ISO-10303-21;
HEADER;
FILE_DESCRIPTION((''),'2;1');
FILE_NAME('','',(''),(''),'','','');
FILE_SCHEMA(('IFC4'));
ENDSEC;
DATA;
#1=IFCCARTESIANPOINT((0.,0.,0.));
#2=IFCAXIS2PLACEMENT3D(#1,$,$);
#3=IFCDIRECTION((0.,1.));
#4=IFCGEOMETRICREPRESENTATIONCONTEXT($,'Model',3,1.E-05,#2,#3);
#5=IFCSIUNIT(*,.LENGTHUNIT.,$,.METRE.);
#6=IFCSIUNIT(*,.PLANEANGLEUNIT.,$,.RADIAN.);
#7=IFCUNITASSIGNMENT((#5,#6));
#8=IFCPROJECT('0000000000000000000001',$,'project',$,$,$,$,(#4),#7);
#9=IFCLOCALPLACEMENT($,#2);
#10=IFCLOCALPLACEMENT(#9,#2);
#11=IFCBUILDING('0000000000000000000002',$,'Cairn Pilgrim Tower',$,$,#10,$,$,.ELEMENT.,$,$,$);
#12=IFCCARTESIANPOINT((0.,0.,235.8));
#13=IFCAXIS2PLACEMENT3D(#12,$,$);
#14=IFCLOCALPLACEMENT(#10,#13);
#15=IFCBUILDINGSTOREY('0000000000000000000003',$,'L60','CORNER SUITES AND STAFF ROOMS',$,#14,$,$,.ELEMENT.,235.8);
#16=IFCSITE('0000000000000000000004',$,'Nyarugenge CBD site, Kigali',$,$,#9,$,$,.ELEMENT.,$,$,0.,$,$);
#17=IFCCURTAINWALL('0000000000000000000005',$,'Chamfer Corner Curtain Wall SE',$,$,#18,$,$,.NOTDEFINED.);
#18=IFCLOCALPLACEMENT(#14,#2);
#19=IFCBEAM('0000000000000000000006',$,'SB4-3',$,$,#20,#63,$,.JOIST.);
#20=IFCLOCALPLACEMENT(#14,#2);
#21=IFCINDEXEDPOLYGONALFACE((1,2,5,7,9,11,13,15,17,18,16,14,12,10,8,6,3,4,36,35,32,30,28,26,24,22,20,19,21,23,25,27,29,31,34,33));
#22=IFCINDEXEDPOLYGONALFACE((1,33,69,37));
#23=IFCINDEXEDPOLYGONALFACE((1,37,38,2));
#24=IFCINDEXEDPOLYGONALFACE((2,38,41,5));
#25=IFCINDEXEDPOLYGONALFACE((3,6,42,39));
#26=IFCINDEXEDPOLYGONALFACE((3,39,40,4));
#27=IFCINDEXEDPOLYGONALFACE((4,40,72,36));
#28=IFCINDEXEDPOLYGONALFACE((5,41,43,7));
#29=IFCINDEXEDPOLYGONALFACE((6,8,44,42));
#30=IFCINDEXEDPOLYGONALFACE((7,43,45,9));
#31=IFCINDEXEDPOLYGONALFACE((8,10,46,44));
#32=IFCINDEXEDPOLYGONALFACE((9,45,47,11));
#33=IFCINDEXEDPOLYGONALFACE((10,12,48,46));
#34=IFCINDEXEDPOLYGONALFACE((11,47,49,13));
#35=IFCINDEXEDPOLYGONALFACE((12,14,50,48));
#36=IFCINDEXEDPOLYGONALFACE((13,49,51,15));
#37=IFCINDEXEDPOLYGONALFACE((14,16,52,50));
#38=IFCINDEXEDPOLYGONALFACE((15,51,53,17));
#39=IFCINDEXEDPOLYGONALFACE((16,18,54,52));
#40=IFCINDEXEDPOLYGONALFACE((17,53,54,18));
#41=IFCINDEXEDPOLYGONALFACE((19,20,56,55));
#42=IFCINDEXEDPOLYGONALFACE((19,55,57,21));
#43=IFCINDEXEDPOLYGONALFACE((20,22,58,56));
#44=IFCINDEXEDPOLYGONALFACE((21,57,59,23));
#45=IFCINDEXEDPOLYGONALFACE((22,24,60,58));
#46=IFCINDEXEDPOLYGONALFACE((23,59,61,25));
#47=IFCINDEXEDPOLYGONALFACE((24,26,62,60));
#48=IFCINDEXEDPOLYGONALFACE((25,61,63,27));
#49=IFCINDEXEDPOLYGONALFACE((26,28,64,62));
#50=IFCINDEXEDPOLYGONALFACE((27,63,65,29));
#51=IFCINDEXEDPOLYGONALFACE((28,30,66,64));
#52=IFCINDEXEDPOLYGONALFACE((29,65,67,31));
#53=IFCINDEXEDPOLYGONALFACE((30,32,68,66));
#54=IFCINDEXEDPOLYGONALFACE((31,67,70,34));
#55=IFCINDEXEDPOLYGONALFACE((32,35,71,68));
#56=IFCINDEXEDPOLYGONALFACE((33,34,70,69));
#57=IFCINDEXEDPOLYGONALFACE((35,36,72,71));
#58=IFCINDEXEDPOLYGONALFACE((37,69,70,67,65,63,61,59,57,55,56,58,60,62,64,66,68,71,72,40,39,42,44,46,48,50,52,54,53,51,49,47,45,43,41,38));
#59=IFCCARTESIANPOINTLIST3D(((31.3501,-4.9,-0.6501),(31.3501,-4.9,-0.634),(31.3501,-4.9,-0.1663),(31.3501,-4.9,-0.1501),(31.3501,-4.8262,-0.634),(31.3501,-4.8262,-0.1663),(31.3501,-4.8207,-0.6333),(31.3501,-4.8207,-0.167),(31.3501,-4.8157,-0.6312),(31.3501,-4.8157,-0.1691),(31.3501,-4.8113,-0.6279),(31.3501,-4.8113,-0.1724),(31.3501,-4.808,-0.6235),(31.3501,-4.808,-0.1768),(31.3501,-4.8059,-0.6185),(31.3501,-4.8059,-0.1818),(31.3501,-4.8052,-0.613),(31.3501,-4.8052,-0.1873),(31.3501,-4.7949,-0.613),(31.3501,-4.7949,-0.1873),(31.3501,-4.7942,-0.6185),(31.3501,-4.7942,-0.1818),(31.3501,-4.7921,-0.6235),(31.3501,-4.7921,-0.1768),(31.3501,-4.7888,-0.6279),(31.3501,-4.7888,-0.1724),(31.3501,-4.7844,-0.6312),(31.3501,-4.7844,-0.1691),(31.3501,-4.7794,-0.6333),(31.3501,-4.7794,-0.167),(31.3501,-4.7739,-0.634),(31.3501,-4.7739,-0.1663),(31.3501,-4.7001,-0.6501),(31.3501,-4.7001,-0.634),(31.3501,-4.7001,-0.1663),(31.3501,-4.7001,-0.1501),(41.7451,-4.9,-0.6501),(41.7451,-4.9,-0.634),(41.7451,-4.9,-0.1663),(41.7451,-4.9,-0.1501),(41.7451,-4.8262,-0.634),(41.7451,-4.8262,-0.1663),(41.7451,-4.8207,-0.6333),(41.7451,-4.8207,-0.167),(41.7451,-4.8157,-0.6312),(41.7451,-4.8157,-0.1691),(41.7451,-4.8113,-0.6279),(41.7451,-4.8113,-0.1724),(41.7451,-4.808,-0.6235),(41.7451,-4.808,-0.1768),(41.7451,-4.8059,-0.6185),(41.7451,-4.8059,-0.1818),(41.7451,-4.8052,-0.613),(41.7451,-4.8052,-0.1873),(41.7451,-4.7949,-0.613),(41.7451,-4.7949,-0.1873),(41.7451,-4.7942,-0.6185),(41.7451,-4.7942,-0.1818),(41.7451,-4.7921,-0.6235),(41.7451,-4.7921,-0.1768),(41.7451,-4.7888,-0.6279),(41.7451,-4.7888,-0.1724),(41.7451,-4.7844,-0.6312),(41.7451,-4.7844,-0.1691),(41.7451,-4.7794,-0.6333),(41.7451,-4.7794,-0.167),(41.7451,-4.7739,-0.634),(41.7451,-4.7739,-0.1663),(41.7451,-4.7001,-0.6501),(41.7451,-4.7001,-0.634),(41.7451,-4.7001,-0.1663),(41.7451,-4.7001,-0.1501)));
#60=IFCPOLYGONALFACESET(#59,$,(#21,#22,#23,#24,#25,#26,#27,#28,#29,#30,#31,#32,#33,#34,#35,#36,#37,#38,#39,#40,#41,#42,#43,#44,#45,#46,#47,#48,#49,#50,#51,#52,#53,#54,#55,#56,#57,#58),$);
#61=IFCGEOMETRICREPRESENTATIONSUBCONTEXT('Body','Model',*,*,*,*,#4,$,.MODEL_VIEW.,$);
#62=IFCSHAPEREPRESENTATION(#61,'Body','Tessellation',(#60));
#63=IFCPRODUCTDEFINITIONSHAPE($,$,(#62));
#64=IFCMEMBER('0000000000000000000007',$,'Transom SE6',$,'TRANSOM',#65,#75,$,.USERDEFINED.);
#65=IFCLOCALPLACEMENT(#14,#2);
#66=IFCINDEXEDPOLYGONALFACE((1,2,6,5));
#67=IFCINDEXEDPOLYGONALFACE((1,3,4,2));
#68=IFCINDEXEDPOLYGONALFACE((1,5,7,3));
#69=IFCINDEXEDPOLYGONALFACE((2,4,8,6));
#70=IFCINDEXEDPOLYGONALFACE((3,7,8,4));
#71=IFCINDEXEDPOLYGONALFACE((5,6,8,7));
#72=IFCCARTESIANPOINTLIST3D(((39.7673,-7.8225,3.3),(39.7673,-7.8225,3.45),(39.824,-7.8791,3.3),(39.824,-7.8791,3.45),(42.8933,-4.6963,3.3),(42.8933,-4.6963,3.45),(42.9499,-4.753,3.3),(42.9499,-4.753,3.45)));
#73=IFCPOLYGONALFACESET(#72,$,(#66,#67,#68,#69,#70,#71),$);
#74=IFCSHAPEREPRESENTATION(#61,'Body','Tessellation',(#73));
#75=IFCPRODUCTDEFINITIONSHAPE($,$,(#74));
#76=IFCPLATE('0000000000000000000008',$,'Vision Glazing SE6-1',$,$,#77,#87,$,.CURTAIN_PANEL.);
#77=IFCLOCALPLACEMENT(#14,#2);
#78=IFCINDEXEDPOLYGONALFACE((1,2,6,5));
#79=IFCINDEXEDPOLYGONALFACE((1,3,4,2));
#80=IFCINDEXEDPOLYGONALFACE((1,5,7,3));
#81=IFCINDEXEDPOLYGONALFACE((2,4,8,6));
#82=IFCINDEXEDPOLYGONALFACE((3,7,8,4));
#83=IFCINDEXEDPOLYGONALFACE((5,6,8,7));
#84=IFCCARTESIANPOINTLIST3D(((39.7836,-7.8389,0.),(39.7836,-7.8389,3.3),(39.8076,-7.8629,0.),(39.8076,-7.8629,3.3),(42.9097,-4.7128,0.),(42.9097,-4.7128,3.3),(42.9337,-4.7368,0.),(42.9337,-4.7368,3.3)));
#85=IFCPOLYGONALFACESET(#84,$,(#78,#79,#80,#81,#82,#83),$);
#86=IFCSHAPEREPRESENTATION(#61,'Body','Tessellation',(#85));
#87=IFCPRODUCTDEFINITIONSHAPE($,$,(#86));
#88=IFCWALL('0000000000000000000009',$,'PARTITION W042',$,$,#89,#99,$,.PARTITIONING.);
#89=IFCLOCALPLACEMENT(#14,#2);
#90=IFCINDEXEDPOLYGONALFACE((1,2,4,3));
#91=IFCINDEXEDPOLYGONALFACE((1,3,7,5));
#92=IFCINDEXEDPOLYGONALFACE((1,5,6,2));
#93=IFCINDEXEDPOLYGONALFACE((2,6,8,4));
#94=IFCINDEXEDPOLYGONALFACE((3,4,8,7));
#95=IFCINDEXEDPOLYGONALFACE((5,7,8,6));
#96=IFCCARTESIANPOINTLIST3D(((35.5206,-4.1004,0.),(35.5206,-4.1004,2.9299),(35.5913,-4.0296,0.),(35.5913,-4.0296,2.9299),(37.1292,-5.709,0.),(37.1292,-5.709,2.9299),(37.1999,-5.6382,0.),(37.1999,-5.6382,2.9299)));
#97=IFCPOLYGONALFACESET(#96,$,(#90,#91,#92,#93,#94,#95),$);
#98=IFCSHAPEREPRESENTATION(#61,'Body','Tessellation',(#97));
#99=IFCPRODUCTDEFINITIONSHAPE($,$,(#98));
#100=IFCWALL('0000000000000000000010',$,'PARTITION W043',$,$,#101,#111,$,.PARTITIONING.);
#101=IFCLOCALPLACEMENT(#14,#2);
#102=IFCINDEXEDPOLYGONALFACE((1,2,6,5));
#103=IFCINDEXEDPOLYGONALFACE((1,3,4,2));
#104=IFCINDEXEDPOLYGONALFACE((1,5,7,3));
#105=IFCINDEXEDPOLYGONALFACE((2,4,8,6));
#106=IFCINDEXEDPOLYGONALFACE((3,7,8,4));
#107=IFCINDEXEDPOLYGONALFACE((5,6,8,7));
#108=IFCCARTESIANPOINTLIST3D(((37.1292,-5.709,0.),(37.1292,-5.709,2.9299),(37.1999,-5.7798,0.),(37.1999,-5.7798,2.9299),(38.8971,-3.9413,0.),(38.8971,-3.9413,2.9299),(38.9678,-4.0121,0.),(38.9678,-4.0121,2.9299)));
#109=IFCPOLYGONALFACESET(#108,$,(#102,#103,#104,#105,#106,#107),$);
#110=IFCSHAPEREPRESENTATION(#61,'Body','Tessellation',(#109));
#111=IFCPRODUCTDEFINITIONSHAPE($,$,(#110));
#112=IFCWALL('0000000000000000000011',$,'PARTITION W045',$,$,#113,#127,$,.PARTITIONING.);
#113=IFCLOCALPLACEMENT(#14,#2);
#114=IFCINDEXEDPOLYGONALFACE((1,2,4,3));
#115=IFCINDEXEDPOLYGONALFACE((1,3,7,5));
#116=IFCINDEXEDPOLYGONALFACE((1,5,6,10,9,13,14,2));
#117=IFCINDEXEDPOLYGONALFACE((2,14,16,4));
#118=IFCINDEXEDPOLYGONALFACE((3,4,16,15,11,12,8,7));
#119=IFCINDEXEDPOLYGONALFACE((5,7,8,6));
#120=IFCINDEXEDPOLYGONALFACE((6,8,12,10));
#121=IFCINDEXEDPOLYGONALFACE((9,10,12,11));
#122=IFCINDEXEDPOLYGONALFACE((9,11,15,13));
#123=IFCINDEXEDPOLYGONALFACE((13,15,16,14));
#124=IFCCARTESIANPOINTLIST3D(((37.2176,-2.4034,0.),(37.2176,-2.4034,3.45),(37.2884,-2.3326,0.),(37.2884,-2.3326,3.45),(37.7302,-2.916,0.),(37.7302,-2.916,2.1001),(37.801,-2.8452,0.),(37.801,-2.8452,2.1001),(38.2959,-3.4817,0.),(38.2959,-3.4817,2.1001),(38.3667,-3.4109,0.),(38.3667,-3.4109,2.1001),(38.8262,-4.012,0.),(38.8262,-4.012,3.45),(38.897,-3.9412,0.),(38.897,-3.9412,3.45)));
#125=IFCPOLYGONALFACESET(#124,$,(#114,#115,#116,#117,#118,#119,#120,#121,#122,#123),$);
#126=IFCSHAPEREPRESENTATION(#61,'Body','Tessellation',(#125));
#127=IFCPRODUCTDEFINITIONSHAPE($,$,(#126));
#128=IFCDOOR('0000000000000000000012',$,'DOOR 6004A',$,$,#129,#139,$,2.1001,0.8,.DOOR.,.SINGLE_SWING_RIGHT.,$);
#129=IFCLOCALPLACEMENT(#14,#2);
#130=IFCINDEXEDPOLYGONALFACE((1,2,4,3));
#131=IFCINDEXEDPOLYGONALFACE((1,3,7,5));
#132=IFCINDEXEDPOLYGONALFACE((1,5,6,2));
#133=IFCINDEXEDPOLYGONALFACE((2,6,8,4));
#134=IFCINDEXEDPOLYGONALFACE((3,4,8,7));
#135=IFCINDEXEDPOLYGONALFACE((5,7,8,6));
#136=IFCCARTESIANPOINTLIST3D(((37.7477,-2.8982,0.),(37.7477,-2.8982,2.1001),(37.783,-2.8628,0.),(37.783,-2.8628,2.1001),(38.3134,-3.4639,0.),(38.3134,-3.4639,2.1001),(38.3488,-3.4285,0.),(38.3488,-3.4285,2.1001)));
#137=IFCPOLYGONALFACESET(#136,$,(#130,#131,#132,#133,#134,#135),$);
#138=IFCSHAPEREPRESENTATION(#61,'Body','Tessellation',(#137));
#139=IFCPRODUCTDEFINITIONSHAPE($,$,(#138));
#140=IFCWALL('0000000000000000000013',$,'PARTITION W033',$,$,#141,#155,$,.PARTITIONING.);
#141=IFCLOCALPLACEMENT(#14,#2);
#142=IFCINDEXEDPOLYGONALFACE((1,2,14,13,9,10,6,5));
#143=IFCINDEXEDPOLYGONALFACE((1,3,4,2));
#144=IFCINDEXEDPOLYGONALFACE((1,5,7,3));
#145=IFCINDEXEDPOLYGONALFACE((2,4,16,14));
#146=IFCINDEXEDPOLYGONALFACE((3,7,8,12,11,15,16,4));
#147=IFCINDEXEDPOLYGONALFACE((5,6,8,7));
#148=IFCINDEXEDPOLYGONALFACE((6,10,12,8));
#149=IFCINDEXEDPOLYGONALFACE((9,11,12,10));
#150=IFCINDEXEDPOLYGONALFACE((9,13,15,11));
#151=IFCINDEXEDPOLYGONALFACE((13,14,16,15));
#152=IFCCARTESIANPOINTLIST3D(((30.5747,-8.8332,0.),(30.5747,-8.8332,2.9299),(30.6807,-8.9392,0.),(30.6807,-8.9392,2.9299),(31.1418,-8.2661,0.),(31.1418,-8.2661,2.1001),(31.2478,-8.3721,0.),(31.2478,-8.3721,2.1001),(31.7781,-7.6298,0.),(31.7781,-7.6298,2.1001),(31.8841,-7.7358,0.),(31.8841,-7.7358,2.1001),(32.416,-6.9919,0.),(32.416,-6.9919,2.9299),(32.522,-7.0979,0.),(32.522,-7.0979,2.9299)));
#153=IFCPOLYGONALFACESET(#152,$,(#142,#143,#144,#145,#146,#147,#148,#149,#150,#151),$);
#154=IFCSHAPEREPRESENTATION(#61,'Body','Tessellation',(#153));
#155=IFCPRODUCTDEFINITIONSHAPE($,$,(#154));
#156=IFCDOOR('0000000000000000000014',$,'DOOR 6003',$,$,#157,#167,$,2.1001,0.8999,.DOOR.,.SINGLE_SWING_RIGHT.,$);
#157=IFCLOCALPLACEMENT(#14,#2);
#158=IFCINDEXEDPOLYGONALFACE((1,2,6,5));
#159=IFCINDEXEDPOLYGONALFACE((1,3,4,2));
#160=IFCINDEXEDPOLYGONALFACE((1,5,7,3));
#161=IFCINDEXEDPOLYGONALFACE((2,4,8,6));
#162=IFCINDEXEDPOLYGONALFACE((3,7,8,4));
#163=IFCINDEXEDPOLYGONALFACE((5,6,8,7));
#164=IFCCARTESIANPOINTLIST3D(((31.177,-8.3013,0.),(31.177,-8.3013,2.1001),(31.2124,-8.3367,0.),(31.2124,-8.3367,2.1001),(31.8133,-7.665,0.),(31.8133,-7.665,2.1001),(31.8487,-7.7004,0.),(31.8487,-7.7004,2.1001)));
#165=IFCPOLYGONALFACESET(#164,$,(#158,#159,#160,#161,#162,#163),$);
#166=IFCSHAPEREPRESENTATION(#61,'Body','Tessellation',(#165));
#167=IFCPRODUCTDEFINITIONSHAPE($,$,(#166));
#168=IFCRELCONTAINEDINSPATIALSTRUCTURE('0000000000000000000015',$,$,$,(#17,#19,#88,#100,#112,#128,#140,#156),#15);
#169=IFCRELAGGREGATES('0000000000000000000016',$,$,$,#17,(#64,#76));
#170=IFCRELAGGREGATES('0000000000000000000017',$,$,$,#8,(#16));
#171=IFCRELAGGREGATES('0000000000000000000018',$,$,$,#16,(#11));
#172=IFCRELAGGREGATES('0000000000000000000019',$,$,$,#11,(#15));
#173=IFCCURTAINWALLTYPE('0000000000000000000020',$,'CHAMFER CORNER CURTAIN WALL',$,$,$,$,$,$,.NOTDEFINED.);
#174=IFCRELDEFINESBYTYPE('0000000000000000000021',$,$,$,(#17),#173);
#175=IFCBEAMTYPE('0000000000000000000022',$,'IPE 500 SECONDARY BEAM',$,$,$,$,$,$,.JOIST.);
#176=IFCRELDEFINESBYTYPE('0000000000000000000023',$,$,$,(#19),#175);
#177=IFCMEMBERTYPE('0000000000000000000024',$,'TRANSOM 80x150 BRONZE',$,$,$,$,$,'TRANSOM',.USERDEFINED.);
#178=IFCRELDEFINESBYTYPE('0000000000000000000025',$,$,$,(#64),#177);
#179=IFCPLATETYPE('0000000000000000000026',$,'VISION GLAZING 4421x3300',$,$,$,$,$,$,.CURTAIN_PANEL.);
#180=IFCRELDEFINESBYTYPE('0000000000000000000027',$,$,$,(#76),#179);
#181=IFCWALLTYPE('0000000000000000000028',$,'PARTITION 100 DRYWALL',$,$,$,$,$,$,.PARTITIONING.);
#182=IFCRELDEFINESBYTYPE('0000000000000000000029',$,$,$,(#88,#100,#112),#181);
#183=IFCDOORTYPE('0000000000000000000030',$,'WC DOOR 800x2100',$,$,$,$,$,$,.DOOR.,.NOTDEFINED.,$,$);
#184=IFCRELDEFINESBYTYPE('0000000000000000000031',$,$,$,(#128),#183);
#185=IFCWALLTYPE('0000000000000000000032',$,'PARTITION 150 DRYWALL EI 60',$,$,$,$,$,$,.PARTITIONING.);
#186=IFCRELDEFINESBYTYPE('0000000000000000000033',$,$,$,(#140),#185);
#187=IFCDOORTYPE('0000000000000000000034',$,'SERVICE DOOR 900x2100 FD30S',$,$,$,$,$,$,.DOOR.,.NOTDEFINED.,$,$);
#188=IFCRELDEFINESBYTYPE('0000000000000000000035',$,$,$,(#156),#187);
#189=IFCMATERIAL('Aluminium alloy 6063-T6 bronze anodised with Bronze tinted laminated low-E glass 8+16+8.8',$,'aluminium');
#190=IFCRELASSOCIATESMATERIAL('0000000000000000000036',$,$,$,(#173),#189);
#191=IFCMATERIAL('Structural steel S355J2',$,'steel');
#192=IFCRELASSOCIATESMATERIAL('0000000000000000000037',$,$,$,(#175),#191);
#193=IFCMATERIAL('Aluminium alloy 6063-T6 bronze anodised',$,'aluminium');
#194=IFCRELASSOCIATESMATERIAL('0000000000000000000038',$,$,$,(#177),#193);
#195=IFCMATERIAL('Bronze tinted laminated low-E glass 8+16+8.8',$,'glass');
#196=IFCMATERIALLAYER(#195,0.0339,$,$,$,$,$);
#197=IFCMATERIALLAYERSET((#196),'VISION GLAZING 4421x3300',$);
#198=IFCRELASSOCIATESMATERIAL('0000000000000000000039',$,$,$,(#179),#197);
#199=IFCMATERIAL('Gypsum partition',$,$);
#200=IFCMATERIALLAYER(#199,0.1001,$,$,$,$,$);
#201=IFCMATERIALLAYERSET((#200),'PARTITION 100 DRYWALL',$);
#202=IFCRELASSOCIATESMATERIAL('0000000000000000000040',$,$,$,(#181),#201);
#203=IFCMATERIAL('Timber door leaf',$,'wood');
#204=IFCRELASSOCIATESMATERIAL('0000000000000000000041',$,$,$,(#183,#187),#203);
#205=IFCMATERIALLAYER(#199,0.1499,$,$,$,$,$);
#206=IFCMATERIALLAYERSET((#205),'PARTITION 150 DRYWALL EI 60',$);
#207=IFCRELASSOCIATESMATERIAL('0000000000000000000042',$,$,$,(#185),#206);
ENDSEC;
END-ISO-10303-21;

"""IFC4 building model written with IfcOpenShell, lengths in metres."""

from ifc_helpers import new_model, si_unit, direction, frame, frame_2d, origin, origin_2d, place, context, subcontext, project, spatial, rectangle, i_section, extrude, material, layer, layer_set, material_profile, profile_set, type_object, element, fill, aggregate, save


model = new_model("IFC4")

# Units and contexts
model_context = context("Model", 3, precision=1e-05, world=origin(), true_north=direction((0.0, 1.0)))
body_context = subcontext(model_context, "Body", "Model", "MODEL_VIEW")
ifc_project = project(units=[si_unit("LENGTHUNIT", "METRE"), si_unit("PLANEANGLEUNIT", "RADIAN")], contexts=[model_context])

# Site, building, storey
site_placement = place(None, origin())
site = spatial("IfcSite", under=ifc_project, at=site_placement, Name="Nyarugenge CBD site, Kigali", CompositionType="ELEMENT", RefElevation=0.0)
building_placement = place(site_placement, origin())
building = spatial("IfcBuilding", under=site, at=building_placement, Name="Cairn Pilgrim Tower", CompositionType="ELEMENT")
storey_placement = place(building_placement, frame((0.0, 0.0, 235.8)))
storey = spatial("IfcBuildingStorey", under=building, at=storey_placement, Name="L60", Description="CORNER SUITES AND STAFF ROOMS", CompositionType="ELEMENT", Elevation=235.8)

# Shared definitions
ifc_material_1 = material(Name="Structural steel S355J2", Category="steel")

# Curtain wall
ifc_material_2 = material(Name="Aluminium alloy 6063-T6 bronze anodised with Bronze tinted laminated low-E glass 8+16+8.8", Category="aluminium")
curtain_wall_type_1 = type_object("IfcCurtainWallType", Name="CHAMFER CORNER CURTAIN WALL", PredefinedType="NOTDEFINED", material=ifc_material_2)
curtain_wall_1_placement = place(storey_placement, origin())
curtain_wall_1 = element("IfcCurtainWall", 1, at=curtain_wall_1_placement, inside=storey, type_object=curtain_wall_type_1, Name="Chamfer Corner Curtain Wall SE", PredefinedType="NOTDEFINED")
ifc_material_3 = material(Name="Aluminium alloy 6063-T6 bronze anodised", Category="aluminium")

# Beam
ifc_material_profile_1 = material_profile(ifc_material_1, i_section(OverallWidth=0.2, OverallDepth=0.5, WebThickness=0.0103, FlangeThickness=0.0161, FilletRadius=0.021, at=origin_2d()), Name="IPE 500")
ifc_profile_set_1 = profile_set([ifc_material_profile_1], Name="Structural steel S355J2")
beam_type_1 = type_object("IfcBeamType", Name="IPE 500 SECONDARY BEAM", PredefinedType="JOIST", material=ifc_profile_set_1)
beam_1_placement = place(storey_placement, frame((31.3501, -4.8, -0.4001), z_axis=(1.0, 0.0, 0.0), x_axis=(0.0, 1.0, 0.0)))
element("IfcBeam", 2, at=beam_1_placement, inside=storey, type_object=beam_type_1, Name="SB4-3", PredefinedType="JOIST", context=body_context, shape_type="SweptSolid", body=[
    extrude(i_section(OverallWidth=0.2, OverallDepth=0.5, WebThickness=0.0103, FlangeThickness=0.0161, FilletRadius=0.021, at=origin_2d()), origin(), (0.0, 0.0, 1.0), 10.395),
])

# Member
ifc_material_profile_2 = material_profile(ifc_material_3, rectangle(XDim=0.0801, YDim=0.1499, at=origin_2d()), Name="TRANSOM 80x150 BRONZE")
ifc_profile_set_2 = profile_set([ifc_material_profile_2], Name="Aluminium alloy 6063-T6 bronze anodised")
member_type_1 = type_object("IfcMemberType", Name="TRANSOM 80x150 BRONZE", ElementType="TRANSOM", PredefinedType="USERDEFINED", material=ifc_profile_set_2)
member_1_placement = place(storey_placement, frame((39.7957, -7.8508, 3.375), z_axis=(0.707079, 0.707134, 0.0), x_axis=(-0.707134, 0.707079, 0.0)))
member_1 = element("IfcMember", 3, at=member_1_placement, type_object=member_type_1, Name="Transom SE6", ObjectType="TRANSOM", PredefinedType="USERDEFINED", context=body_context, shape_type="SweptSolid", body=[
    extrude(rectangle(XDim=0.0801, YDim=0.1499, at=origin_2d()), origin(), (0.0, 0.0, 1.0), 4.4209),
])

# Plate
ifc_material_4 = material(Name="Bronze tinted laminated low-E glass 8+16+8.8", Category="glass")
ifc_layer_1 = layer(ifc_material_4, 0.0339)
ifc_layer_set_1 = layer_set([ifc_layer_1], Name="VISION GLAZING 4421x3300")
plate_type = type_object("IfcPlateType", Name="VISION GLAZING 4421x3300", PredefinedType="CURTAIN_PANEL", material=ifc_layer_set_1)
plate_placement = place(storey_placement, frame((41.3586, -6.2878, 0.0), z_axis=(0.0, 0.0, 1.0), x_axis=(0.707107, 0.707107, 0.0)))
plate = element("IfcPlate", 4, at=plate_placement, type_object=plate_type, Name="Vision Glazing SE6-1", PredefinedType="CURTAIN_PANEL", context=body_context, shape_type="SweptSolid", body=[
    extrude(rectangle(XDim=4.4209, YDim=0.0339, at=origin_2d()), origin(), (0.0, 0.0, 1.0), 3.3),
])
aggregate(curtain_wall_1, [member_1, plate])

# Walls
ifc_material_5 = material(Name="Gypsum partition")
ifc_layer_2 = layer(ifc_material_5, 0.1001)
ifc_layer_set_2 = layer_set([ifc_layer_2], Name="PARTITION 100 DRYWALL")
wall_type_1 = type_object("IfcWallType", Name="PARTITION 100 DRYWALL", PredefinedType="PARTITIONING", material=ifc_layer_set_2)
wall_1_placement = place(storey_placement, frame((37.1646, -5.6736, 0.0), z_axis=(0.0, 0.0, 1.0), x_axis=(-0.707107, 0.707107, 0.0)))
element("IfcWall", 5, at=wall_1_placement, inside=storey, type_object=wall_type_1, Name="PARTITION W042", PredefinedType="PARTITIONING", context=body_context, shape_type="SweptSolid", body=[
    extrude(rectangle(XDim=2.2749, YDim=0.1001, at=frame_2d((1.1375, 0.0))), origin(), (0.0, 0.0, 1.0), 2.9299),
])
wall_2_placement = place(storey_placement, frame((37.1646, -5.7444, 0.0), z_axis=(0.0, 0.0, 1.0), x_axis=(0.707156, 0.707058, 0.0)))
element("IfcWall", 6, at=wall_2_placement, inside=storey, type_object=wall_type_1, Name="PARTITION W043", PredefinedType="PARTITIONING", context=body_context, shape_type="SweptSolid", body=[
    extrude(rectangle(XDim=2.5, YDim=0.1001, at=frame_2d((1.25, 0.0))), origin(), (0.0, 0.0, 1.0), 2.9299),
])

# Walls, openings, doors
wall_3_placement = place(storey_placement, frame((38.8616, -3.9766, 0.0), z_axis=(0.0, 0.0, 1.0), x_axis=(-0.707107, 0.707107, 0.0)))
wall_3 = element("IfcWall", 7, at=wall_3_placement, inside=storey, type_object=wall_type_1, Name="PARTITION W045", PredefinedType="PARTITIONING", context=body_context, shape_type="SweptSolid", body=[
    extrude(rectangle(XDim=2.2749, YDim=0.1001, at=frame_2d((1.1375, 0.0))), origin(), (0.0, 0.0, 1.0), 3.45),
])
opening_1_placement = place(wall_3_placement, frame((0.75, 0.0, 0.0)))
opening_1 = element("IfcOpeningElement", 8, at=opening_1_placement, cuts=wall_3, PredefinedType="OPENING", context=body_context, shape_type="SweptSolid", body=[
    extrude(rectangle(XDim=0.8, YDim=2.1001, at=frame_2d((0.3999, 1.05))), frame((0.0, 0.0601, 0.0), z_axis=(0.0, -1.0, 0.0), x_axis=(1.0, 0.0, 0.0)), (0.0, 0.0, 1.0), 0.1201),
])
ifc_material_6 = material(Name="Timber door leaf", Category="wood")
door_type_1 = type_object("IfcDoorType", Name="WC DOOR 800x2100", OperationType="NOTDEFINED", PredefinedType="DOOR", material=ifc_material_6)
door_1_placement = place(opening_1_placement, frame((0.8, 0.0, 0.0), z_axis=(0.0, 0.0, 1.0), x_axis=(-1.0, 0.0, 0.0)))
door_1 = element("IfcDoor", 9, at=door_1_placement, inside=storey, type_object=door_type_1, Name="DOOR 6004A", OperationType="SINGLE_SWING_RIGHT", OverallHeight=2.1001, OverallWidth=0.8, PredefinedType="DOOR", context=body_context, shape_type="SweptSolid", body=[
    extrude(rectangle(XDim=0.8, YDim=2.1001, at=frame_2d((0.3999, 1.05))), frame((0.0, 0.0249, 0.0), z_axis=(0.0, -1.0, 0.0), x_axis=(1.0, 0.0, 0.0)), (0.0, 0.0, 1.0), 0.05),
])
fill(opening_1, door_1)
ifc_layer_3 = layer(ifc_material_5, 0.1499)
ifc_layer_set_3 = layer_set([ifc_layer_3], Name="PARTITION 150 DRYWALL EI 60")
wall_type_2 = type_object("IfcWallType", Name="PARTITION 150 DRYWALL EI 60", PredefinedType="PARTITIONING", material=ifc_layer_set_3)
wall_4_placement = place(storey_placement, frame((30.6277, -8.8862, 0.0), z_axis=(0.0, 0.0, 1.0), x_axis=(0.707107, 0.707107, 0.0)))
wall_4 = element("IfcWall", 10, at=wall_4_placement, inside=storey, type_object=wall_type_2, Name="PARTITION W033", PredefinedType="PARTITIONING", context=body_context, shape_type="SweptSolid", body=[
    extrude(rectangle(XDim=2.604, YDim=0.1499, at=frame_2d((1.302, 0.0))), origin(), (0.0, 0.0, 1.0), 2.9299),
])
opening_2_placement = place(wall_4_placement, frame((0.802, 0.0, 0.0)))
opening_2 = element("IfcOpeningElement", 11, at=opening_2_placement, cuts=wall_4, PredefinedType="OPENING", context=body_context, shape_type="SweptSolid", body=[
    extrude(rectangle(XDim=0.8999, YDim=2.1001, at=frame_2d((0.45, 1.05))), frame((0.0, 0.085, 0.0), z_axis=(0.0, -1.0, 0.0), x_axis=(1.0, 0.0, 0.0)), (0.0, 0.0, 1.0), 0.1699),
])
door_type_2 = type_object("IfcDoorType", Name="SERVICE DOOR 900x2100 FD30S", OperationType="NOTDEFINED", PredefinedType="DOOR", material=ifc_material_6)
door_2_placement = place(opening_2_placement, frame((0.8999, 0.0, 0.0), z_axis=(0.0, 0.0, 1.0), x_axis=(-1.0, 0.0, 0.0)))
door_2 = element("IfcDoor", 12, at=door_2_placement, inside=storey, type_object=door_type_2, Name="DOOR 6003", OperationType="SINGLE_SWING_RIGHT", OverallHeight=2.1001, OverallWidth=0.8999, PredefinedType="DOOR", context=body_context, shape_type="SweptSolid", body=[
    extrude(rectangle(XDim=0.8999, YDim=2.1001, at=frame_2d((0.45, 1.05))), frame((0.0, 0.0249, 0.0), z_axis=(0.0, -1.0, 0.0), x_axis=(1.0, 0.0, 0.0)), (0.0, 0.0, 1.0), 0.05),
])
fill(opening_2, door_2)

save(model, "model.ifc")
